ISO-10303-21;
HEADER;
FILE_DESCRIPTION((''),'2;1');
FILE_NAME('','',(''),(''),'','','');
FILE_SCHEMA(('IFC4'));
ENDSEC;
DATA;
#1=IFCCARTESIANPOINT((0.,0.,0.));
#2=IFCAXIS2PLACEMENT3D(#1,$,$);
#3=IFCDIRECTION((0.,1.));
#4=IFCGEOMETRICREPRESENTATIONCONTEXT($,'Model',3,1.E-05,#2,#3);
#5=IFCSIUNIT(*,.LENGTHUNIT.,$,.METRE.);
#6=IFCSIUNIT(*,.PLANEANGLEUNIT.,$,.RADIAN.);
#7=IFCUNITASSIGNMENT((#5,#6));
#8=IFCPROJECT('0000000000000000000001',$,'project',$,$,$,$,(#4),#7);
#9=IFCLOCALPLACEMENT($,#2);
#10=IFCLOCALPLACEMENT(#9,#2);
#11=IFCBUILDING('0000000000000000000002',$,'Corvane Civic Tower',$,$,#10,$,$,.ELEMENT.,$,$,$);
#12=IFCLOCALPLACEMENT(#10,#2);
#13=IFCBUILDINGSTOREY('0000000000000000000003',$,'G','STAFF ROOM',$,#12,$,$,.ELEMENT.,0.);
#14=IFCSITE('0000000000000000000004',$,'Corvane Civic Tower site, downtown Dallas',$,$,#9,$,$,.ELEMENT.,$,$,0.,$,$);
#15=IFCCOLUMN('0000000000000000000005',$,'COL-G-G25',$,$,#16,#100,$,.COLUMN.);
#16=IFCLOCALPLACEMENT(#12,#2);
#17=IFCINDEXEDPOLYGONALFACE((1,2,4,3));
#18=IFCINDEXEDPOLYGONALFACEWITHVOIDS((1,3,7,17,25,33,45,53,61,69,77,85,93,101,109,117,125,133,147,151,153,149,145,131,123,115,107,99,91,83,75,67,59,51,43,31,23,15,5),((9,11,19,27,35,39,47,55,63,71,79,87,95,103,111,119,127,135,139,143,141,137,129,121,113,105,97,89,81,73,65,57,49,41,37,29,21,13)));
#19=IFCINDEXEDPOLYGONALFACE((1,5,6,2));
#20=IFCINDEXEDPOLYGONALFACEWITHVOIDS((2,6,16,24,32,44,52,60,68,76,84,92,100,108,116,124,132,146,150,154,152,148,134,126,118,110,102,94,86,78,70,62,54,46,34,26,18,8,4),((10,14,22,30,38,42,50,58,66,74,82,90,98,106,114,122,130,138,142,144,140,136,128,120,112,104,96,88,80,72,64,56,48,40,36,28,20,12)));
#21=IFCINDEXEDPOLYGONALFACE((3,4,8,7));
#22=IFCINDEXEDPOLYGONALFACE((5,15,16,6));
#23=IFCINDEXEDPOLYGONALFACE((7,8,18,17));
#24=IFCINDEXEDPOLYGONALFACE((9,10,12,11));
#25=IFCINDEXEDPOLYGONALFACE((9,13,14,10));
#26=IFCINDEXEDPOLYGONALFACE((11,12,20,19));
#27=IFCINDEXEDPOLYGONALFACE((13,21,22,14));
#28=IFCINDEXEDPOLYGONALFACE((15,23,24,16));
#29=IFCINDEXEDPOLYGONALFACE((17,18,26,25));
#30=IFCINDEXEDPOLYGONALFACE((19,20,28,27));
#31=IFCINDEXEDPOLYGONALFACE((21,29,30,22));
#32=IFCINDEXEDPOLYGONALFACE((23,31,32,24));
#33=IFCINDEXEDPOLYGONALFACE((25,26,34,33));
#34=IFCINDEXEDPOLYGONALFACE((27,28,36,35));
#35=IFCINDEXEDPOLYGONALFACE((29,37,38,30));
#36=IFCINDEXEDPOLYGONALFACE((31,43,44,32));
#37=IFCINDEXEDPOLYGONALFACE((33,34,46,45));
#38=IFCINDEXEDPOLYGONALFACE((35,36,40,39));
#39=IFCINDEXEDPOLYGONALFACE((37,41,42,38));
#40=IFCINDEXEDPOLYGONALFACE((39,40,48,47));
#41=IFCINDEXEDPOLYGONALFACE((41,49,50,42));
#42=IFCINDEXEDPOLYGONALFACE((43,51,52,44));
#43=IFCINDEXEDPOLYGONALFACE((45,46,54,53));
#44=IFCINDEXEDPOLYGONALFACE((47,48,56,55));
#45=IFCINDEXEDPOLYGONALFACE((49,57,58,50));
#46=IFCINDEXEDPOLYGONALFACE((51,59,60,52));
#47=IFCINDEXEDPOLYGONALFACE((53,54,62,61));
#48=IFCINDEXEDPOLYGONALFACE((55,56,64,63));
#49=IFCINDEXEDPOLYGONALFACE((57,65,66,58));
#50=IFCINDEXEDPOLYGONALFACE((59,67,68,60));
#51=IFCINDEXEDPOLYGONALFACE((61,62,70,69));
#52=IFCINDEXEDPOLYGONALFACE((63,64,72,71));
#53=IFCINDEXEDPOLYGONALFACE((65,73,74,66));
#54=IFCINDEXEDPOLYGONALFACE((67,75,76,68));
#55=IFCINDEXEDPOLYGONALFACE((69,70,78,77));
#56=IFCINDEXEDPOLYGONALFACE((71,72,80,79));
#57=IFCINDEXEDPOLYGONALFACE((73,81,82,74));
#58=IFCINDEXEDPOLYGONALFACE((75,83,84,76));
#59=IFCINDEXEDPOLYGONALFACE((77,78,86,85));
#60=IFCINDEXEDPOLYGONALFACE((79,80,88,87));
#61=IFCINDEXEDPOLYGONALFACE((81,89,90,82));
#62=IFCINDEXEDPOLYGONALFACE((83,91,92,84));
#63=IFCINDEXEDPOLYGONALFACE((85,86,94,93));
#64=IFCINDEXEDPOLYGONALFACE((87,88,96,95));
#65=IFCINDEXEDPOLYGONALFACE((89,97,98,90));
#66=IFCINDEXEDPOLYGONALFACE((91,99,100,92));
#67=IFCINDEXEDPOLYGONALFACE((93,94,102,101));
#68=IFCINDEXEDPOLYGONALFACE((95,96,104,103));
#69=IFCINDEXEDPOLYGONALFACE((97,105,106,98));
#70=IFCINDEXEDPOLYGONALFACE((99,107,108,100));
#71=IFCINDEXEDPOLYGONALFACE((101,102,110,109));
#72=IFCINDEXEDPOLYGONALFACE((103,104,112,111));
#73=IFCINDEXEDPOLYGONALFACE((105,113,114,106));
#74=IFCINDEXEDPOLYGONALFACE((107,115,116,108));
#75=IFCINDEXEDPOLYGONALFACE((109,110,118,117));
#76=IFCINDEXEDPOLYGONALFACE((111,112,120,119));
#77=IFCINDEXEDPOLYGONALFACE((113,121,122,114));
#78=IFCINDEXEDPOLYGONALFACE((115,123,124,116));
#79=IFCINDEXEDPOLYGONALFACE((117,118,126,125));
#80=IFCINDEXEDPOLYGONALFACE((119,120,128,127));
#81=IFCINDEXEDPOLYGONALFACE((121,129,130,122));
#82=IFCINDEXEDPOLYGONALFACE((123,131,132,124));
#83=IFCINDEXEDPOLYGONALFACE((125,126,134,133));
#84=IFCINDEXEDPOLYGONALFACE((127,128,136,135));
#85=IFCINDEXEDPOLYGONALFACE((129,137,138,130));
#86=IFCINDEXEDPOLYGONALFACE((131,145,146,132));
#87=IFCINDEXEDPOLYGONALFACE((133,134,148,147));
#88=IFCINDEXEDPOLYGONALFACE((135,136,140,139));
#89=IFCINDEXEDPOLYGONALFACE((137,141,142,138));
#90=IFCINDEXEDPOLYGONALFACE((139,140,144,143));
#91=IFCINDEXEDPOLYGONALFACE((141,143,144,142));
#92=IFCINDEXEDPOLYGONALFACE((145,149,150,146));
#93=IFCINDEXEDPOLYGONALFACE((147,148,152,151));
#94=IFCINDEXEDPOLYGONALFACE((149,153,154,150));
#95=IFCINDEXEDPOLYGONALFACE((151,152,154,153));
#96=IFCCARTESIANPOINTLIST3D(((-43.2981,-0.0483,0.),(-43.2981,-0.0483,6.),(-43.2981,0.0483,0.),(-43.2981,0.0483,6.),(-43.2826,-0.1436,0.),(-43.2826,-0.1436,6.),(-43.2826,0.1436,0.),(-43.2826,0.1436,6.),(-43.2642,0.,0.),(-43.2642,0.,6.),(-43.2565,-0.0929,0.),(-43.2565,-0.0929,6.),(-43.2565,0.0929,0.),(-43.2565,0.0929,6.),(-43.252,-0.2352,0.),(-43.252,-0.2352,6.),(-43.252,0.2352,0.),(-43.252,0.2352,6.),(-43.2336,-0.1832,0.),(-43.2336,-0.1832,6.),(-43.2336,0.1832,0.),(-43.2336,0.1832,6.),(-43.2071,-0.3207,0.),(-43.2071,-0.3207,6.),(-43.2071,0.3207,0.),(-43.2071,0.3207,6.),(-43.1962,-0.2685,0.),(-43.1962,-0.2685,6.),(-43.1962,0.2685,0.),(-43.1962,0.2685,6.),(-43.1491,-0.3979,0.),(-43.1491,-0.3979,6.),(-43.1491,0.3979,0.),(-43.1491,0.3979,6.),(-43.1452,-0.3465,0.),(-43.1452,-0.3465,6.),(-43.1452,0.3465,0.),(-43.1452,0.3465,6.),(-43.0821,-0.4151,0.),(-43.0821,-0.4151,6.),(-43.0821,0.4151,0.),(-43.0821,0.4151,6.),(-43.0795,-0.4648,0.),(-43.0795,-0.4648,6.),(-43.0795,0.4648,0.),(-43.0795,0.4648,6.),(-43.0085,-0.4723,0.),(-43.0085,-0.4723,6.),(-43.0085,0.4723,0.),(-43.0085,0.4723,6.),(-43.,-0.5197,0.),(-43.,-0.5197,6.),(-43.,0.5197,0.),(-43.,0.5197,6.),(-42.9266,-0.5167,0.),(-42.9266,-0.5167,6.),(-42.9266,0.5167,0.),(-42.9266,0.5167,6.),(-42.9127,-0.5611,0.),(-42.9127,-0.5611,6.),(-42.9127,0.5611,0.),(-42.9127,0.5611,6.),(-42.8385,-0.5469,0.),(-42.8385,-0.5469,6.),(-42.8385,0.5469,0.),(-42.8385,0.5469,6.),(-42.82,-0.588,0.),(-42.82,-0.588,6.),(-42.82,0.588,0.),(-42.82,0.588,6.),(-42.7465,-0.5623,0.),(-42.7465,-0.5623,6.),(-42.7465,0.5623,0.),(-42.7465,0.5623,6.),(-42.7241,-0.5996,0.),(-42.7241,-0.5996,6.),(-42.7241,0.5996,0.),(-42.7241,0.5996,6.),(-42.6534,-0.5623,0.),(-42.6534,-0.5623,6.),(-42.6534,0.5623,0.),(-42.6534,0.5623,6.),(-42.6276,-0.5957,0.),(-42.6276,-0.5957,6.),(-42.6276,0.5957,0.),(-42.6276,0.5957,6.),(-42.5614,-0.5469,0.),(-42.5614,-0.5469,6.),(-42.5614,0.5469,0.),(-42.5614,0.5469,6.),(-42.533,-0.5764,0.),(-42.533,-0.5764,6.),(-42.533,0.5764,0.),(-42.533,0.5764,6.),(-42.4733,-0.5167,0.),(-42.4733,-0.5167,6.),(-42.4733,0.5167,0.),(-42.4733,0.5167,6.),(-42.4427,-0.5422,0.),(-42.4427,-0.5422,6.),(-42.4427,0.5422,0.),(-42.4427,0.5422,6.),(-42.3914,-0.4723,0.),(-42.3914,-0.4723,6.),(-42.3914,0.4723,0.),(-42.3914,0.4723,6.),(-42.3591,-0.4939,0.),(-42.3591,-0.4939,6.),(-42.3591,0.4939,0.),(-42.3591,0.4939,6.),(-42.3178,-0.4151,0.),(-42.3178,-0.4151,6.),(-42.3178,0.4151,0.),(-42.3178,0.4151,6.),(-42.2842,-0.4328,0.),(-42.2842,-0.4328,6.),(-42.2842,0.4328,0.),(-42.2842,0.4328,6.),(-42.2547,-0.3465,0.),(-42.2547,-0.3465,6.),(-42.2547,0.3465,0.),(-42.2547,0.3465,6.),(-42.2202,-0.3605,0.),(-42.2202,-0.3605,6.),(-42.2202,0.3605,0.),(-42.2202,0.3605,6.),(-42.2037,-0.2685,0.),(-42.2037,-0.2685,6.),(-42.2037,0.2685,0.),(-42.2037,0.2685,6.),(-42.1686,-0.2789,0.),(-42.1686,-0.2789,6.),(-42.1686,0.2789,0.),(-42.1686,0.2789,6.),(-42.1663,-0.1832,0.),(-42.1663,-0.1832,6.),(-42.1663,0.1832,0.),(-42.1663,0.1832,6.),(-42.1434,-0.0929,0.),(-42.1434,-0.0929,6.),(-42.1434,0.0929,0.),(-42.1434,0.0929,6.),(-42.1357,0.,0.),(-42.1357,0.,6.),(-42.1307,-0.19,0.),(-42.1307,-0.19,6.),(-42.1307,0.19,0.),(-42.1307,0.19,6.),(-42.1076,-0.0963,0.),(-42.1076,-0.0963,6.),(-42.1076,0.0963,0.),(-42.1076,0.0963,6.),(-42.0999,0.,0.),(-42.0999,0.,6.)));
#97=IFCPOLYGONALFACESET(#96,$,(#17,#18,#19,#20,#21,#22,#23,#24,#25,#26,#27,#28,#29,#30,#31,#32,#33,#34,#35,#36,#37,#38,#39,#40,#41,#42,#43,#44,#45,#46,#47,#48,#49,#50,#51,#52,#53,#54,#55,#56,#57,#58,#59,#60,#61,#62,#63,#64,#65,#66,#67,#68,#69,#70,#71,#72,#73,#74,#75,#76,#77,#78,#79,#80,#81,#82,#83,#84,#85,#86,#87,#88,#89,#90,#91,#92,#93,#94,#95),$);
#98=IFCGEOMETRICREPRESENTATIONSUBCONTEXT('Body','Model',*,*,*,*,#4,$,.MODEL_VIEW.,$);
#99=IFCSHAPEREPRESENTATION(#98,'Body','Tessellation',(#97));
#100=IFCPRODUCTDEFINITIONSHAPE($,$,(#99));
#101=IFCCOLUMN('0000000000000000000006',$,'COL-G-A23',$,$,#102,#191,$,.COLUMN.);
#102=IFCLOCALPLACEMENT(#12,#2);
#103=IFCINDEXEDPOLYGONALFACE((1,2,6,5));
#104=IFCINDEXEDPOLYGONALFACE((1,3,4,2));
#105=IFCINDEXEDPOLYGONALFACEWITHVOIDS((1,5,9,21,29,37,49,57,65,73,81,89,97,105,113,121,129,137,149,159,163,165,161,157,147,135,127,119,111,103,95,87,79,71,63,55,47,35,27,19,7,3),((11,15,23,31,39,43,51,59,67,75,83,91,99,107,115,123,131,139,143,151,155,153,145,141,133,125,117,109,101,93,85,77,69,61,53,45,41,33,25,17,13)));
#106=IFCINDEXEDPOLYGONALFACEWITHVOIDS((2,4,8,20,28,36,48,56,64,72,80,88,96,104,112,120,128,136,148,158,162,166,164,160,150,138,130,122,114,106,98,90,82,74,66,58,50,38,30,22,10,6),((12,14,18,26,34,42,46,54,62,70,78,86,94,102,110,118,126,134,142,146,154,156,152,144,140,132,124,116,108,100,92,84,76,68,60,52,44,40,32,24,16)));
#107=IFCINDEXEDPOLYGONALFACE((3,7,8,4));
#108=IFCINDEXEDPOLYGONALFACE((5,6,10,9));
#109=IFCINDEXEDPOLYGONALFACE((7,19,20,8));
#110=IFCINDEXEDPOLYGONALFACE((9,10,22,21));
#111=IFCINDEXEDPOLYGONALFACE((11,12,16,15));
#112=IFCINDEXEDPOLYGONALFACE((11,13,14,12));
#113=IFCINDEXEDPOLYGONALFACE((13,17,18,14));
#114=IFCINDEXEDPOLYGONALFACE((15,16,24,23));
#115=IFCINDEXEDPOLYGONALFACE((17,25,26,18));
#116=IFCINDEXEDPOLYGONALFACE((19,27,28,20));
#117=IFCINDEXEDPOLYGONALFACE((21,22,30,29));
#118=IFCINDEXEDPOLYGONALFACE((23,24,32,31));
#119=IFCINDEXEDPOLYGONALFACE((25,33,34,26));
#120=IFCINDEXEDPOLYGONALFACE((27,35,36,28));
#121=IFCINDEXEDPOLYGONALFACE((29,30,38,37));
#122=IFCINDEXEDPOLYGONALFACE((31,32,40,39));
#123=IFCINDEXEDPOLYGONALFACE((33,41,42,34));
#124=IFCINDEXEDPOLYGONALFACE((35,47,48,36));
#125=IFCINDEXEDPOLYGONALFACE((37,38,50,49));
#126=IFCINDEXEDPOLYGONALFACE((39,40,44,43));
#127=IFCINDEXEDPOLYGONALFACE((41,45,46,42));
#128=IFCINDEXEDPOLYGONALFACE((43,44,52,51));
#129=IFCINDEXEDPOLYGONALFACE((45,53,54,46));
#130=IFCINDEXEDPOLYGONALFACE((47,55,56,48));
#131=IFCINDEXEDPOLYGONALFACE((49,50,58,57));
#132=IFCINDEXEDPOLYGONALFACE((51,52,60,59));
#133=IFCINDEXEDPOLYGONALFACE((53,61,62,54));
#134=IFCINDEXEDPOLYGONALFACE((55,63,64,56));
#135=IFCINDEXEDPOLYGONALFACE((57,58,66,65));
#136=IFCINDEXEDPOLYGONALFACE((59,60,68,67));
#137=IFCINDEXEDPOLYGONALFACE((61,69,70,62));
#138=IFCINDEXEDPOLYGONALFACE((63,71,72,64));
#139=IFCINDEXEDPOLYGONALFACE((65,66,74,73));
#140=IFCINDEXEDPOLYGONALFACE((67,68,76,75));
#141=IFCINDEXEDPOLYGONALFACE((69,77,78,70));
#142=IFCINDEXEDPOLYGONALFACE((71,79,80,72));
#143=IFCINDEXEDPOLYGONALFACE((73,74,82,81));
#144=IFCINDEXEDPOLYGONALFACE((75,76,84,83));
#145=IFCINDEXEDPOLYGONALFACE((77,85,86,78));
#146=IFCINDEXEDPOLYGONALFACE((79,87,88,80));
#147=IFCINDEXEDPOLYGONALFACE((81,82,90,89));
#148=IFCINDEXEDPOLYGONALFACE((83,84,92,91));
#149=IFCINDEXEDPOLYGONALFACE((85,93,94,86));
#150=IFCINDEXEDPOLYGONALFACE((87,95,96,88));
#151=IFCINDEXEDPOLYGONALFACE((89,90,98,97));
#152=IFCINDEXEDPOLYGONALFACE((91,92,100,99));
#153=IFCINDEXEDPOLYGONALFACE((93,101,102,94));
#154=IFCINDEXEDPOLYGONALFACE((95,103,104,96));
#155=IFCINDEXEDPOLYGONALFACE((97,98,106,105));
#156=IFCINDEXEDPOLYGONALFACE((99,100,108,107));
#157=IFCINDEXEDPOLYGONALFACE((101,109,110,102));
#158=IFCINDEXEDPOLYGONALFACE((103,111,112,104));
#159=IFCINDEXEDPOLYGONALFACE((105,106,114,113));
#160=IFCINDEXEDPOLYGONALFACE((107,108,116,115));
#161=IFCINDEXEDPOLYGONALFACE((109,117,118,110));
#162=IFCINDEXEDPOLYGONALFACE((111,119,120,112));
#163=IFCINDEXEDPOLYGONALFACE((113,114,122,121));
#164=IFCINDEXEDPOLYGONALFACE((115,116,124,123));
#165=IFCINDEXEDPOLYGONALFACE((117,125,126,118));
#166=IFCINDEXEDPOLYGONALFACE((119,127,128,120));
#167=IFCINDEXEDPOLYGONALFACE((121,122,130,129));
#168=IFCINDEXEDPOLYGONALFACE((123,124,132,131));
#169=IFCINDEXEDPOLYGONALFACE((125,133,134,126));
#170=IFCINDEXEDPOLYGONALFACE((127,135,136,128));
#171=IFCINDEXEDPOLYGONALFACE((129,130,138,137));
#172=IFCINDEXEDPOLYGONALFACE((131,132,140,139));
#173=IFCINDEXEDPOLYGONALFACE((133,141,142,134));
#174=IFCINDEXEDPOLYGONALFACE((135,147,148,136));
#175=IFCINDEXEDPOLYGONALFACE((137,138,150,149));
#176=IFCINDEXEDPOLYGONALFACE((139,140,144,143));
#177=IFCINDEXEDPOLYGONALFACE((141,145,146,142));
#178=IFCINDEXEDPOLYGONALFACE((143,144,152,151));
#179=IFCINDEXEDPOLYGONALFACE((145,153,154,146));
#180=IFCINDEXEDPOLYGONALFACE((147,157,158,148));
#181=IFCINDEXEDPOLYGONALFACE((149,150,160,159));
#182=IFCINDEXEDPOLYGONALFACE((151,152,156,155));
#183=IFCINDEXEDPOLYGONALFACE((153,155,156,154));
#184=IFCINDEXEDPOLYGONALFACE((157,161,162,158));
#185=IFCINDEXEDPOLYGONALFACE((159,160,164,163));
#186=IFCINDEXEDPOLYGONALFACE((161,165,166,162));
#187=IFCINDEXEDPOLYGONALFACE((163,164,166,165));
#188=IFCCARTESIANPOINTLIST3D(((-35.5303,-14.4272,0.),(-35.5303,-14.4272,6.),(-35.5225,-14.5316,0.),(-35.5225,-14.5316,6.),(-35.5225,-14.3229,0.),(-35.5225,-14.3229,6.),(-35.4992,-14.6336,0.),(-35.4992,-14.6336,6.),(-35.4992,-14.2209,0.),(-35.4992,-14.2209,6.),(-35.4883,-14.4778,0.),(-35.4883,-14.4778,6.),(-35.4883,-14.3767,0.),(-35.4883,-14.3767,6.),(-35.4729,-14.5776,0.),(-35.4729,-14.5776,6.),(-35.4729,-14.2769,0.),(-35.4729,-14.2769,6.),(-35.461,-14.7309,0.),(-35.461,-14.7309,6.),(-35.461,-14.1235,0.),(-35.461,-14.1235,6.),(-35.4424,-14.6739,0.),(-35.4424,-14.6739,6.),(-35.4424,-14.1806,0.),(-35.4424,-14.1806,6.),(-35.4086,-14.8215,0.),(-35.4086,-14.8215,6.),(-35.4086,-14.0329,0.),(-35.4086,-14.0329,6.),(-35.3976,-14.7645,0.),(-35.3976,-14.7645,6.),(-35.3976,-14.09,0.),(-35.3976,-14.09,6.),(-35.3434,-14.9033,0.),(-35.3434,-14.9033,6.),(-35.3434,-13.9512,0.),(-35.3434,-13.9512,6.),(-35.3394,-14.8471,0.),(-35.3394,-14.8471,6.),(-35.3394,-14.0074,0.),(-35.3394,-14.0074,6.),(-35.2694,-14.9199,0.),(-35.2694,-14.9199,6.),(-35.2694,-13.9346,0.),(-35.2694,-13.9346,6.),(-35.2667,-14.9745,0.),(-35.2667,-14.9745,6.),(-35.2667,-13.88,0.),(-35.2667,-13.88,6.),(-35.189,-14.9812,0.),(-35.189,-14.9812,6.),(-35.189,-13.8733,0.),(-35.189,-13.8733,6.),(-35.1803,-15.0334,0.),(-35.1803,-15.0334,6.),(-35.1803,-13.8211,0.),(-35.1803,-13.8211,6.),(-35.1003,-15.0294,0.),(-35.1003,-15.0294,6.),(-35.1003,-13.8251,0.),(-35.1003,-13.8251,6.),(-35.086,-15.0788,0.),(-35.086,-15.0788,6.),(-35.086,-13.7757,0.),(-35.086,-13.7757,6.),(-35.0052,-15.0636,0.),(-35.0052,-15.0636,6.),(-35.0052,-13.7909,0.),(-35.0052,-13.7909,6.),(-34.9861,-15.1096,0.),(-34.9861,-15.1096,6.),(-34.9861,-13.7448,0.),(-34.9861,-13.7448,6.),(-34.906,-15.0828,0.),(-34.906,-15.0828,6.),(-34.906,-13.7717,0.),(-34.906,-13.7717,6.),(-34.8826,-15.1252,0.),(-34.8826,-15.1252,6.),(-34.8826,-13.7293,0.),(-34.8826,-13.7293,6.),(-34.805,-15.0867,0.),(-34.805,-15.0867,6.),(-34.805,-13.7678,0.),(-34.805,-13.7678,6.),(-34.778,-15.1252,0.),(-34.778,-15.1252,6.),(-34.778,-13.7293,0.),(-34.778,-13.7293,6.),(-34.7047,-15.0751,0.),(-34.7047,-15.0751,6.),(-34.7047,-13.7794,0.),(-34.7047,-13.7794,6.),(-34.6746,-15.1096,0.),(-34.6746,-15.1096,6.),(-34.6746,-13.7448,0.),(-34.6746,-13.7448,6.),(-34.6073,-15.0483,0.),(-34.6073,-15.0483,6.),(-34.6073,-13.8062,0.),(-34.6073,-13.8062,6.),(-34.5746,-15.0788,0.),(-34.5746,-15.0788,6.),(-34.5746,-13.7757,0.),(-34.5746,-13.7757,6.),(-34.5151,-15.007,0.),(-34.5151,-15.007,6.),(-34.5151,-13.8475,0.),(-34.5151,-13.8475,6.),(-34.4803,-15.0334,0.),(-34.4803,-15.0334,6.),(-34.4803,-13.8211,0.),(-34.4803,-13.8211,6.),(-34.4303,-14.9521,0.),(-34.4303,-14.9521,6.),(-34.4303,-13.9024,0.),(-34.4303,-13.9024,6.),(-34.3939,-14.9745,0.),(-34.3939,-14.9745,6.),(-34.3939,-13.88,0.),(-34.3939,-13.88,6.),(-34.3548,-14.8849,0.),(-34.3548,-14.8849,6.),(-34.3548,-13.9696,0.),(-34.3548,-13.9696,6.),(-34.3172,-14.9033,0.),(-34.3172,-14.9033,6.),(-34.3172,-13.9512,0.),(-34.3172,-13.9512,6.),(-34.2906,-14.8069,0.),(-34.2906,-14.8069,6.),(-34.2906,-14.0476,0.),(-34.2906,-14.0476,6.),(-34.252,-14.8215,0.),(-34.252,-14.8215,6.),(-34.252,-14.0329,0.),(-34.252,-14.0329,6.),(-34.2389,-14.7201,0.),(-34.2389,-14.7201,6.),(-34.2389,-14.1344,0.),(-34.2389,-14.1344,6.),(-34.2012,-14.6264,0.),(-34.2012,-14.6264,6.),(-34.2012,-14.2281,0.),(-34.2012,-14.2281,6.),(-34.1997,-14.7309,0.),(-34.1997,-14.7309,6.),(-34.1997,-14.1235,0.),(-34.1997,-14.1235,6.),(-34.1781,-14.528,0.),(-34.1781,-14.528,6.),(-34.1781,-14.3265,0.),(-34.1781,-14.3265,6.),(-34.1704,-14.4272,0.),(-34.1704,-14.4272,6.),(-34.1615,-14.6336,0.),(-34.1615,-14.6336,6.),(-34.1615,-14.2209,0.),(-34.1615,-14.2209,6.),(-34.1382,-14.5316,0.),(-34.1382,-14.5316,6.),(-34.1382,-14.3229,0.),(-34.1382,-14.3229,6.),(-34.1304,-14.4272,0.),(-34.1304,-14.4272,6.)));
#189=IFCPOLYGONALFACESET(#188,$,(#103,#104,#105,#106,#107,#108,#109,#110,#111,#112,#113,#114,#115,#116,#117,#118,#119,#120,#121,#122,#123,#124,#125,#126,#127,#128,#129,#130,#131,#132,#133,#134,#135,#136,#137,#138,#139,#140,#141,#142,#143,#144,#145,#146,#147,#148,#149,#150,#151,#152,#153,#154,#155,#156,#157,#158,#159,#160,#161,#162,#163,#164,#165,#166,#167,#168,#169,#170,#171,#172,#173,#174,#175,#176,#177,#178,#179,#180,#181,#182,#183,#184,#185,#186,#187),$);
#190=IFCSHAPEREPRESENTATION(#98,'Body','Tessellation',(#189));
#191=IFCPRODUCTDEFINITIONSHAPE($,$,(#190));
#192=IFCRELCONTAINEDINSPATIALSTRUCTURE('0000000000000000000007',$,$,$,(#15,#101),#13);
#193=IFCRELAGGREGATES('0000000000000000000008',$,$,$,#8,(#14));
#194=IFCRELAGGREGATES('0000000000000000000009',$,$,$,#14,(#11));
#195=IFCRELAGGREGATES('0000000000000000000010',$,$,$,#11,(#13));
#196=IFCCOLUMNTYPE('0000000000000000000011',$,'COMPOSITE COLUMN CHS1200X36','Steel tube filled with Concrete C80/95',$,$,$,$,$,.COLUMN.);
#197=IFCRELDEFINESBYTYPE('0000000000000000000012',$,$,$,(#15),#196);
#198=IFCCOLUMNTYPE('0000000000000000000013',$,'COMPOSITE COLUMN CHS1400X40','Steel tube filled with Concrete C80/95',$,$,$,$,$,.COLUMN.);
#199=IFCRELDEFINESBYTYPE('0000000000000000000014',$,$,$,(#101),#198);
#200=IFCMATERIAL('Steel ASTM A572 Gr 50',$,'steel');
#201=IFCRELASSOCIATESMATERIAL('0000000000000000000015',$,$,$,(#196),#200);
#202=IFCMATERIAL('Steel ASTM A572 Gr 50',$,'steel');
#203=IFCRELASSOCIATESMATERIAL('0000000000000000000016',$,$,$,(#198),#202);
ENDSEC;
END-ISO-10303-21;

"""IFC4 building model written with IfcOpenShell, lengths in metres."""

from ifc_helpers import new_model, si_unit, direction, frame, origin, origin_2d, place, context, subcontext, project, spatial, hollow_circle, extrude, material, material_profile, profile_set, type_object, element, save


model = new_model("IFC4")

# Units and contexts
model_context = context("Model", 3, precision=1e-05, world=origin(), true_north=direction((0.0, 1.0)))
body_context = subcontext(model_context, "Body", "Model", "MODEL_VIEW")
ifc_project = project(units=[si_unit("LENGTHUNIT", "METRE"), si_unit("PLANEANGLEUNIT", "RADIAN")], contexts=[model_context])

# Site, building, storey
site_placement = place(None, origin())
site = spatial("IfcSite", under=ifc_project, at=site_placement, Name="Corvane Civic Tower site, downtown Dallas", CompositionType="ELEMENT", RefElevation=0.0)
building_placement = place(site_placement, origin())
building = spatial("IfcBuilding", under=site, at=building_placement, Name="Corvane Civic Tower", CompositionType="ELEMENT")
storey_placement = place(building_placement, origin())
storey = spatial("IfcBuildingStorey", under=building, at=storey_placement, Name="G", Description="STAFF ROOM", CompositionType="ELEMENT", Elevation=0.0)

# Columns
ifc_material_1 = material(Name="Steel ASTM A572 Gr 50", Category="steel")
ifc_material_profile_1 = material_profile(ifc_material_1, hollow_circle(Radius=0.6001, WallThickness=0.0359, at=origin_2d()), Name="CHS1200X36")
ifc_profile_set_1 = profile_set([ifc_material_profile_1], Name="Steel ASTM A572 Gr 50")
column_type_1 = type_object("IfcColumnType", Name="COMPOSITE COLUMN CHS1200X36", Description="Steel tube filled with Concrete C80/95", PredefinedType="COLUMN", material=ifc_profile_set_1)
for number, where, z_axis, x_axis, name in (
    (1, (-42.7, 0.0, 0.0), (0.0, 0.0, 1.0), (1.0, 0.0, 0.0), "COL-G-G25"),
):
    element("IfcColumn", number, at=place(storey_placement, frame(where, z_axis=z_axis, x_axis=x_axis)), inside=storey, type_object=column_type_1, Name=name, PredefinedType="COLUMN", context=body_context, shape_type="SweptSolid", body=[
        extrude(hollow_circle(Radius=0.6001, WallThickness=0.0359, at=origin_2d()), origin(), (0.0, 0.0, 1.0), 6.0),
    ])
ifc_material_2 = material(Name="Steel ASTM A572 Gr 50", Category="steel")
ifc_material_profile_2 = material_profile(ifc_material_2, hollow_circle(Radius=0.7, WallThickness=0.04, at=origin_2d()), Name="CHS1400X40")
ifc_profile_set_2 = profile_set([ifc_material_profile_2], Name="Steel ASTM A572 Gr 50")
column_type_2 = type_object("IfcColumnType", Name="COMPOSITE COLUMN CHS1400X40", Description="Steel tube filled with Concrete C80/95", PredefinedType="COLUMN", material=ifc_profile_set_2)
for number, where, z_axis, x_axis, name in (
    (2, (-34.8303, -14.4272, 0.0), (0.0, 0.0, 1.0), (1.0, 0.0, 0.0), "COL-G-A23"),
):
    element("IfcColumn", number, at=place(storey_placement, frame(where, z_axis=z_axis, x_axis=x_axis)), inside=storey, type_object=column_type_2, Name=name, PredefinedType="COLUMN", context=body_context, shape_type="SweptSolid", body=[
        extrude(hollow_circle(Radius=0.7, WallThickness=0.04, at=origin_2d()), origin(), (0.0, 0.0, 1.0), 6.0),
    ])

save(model, "model.ifc")
